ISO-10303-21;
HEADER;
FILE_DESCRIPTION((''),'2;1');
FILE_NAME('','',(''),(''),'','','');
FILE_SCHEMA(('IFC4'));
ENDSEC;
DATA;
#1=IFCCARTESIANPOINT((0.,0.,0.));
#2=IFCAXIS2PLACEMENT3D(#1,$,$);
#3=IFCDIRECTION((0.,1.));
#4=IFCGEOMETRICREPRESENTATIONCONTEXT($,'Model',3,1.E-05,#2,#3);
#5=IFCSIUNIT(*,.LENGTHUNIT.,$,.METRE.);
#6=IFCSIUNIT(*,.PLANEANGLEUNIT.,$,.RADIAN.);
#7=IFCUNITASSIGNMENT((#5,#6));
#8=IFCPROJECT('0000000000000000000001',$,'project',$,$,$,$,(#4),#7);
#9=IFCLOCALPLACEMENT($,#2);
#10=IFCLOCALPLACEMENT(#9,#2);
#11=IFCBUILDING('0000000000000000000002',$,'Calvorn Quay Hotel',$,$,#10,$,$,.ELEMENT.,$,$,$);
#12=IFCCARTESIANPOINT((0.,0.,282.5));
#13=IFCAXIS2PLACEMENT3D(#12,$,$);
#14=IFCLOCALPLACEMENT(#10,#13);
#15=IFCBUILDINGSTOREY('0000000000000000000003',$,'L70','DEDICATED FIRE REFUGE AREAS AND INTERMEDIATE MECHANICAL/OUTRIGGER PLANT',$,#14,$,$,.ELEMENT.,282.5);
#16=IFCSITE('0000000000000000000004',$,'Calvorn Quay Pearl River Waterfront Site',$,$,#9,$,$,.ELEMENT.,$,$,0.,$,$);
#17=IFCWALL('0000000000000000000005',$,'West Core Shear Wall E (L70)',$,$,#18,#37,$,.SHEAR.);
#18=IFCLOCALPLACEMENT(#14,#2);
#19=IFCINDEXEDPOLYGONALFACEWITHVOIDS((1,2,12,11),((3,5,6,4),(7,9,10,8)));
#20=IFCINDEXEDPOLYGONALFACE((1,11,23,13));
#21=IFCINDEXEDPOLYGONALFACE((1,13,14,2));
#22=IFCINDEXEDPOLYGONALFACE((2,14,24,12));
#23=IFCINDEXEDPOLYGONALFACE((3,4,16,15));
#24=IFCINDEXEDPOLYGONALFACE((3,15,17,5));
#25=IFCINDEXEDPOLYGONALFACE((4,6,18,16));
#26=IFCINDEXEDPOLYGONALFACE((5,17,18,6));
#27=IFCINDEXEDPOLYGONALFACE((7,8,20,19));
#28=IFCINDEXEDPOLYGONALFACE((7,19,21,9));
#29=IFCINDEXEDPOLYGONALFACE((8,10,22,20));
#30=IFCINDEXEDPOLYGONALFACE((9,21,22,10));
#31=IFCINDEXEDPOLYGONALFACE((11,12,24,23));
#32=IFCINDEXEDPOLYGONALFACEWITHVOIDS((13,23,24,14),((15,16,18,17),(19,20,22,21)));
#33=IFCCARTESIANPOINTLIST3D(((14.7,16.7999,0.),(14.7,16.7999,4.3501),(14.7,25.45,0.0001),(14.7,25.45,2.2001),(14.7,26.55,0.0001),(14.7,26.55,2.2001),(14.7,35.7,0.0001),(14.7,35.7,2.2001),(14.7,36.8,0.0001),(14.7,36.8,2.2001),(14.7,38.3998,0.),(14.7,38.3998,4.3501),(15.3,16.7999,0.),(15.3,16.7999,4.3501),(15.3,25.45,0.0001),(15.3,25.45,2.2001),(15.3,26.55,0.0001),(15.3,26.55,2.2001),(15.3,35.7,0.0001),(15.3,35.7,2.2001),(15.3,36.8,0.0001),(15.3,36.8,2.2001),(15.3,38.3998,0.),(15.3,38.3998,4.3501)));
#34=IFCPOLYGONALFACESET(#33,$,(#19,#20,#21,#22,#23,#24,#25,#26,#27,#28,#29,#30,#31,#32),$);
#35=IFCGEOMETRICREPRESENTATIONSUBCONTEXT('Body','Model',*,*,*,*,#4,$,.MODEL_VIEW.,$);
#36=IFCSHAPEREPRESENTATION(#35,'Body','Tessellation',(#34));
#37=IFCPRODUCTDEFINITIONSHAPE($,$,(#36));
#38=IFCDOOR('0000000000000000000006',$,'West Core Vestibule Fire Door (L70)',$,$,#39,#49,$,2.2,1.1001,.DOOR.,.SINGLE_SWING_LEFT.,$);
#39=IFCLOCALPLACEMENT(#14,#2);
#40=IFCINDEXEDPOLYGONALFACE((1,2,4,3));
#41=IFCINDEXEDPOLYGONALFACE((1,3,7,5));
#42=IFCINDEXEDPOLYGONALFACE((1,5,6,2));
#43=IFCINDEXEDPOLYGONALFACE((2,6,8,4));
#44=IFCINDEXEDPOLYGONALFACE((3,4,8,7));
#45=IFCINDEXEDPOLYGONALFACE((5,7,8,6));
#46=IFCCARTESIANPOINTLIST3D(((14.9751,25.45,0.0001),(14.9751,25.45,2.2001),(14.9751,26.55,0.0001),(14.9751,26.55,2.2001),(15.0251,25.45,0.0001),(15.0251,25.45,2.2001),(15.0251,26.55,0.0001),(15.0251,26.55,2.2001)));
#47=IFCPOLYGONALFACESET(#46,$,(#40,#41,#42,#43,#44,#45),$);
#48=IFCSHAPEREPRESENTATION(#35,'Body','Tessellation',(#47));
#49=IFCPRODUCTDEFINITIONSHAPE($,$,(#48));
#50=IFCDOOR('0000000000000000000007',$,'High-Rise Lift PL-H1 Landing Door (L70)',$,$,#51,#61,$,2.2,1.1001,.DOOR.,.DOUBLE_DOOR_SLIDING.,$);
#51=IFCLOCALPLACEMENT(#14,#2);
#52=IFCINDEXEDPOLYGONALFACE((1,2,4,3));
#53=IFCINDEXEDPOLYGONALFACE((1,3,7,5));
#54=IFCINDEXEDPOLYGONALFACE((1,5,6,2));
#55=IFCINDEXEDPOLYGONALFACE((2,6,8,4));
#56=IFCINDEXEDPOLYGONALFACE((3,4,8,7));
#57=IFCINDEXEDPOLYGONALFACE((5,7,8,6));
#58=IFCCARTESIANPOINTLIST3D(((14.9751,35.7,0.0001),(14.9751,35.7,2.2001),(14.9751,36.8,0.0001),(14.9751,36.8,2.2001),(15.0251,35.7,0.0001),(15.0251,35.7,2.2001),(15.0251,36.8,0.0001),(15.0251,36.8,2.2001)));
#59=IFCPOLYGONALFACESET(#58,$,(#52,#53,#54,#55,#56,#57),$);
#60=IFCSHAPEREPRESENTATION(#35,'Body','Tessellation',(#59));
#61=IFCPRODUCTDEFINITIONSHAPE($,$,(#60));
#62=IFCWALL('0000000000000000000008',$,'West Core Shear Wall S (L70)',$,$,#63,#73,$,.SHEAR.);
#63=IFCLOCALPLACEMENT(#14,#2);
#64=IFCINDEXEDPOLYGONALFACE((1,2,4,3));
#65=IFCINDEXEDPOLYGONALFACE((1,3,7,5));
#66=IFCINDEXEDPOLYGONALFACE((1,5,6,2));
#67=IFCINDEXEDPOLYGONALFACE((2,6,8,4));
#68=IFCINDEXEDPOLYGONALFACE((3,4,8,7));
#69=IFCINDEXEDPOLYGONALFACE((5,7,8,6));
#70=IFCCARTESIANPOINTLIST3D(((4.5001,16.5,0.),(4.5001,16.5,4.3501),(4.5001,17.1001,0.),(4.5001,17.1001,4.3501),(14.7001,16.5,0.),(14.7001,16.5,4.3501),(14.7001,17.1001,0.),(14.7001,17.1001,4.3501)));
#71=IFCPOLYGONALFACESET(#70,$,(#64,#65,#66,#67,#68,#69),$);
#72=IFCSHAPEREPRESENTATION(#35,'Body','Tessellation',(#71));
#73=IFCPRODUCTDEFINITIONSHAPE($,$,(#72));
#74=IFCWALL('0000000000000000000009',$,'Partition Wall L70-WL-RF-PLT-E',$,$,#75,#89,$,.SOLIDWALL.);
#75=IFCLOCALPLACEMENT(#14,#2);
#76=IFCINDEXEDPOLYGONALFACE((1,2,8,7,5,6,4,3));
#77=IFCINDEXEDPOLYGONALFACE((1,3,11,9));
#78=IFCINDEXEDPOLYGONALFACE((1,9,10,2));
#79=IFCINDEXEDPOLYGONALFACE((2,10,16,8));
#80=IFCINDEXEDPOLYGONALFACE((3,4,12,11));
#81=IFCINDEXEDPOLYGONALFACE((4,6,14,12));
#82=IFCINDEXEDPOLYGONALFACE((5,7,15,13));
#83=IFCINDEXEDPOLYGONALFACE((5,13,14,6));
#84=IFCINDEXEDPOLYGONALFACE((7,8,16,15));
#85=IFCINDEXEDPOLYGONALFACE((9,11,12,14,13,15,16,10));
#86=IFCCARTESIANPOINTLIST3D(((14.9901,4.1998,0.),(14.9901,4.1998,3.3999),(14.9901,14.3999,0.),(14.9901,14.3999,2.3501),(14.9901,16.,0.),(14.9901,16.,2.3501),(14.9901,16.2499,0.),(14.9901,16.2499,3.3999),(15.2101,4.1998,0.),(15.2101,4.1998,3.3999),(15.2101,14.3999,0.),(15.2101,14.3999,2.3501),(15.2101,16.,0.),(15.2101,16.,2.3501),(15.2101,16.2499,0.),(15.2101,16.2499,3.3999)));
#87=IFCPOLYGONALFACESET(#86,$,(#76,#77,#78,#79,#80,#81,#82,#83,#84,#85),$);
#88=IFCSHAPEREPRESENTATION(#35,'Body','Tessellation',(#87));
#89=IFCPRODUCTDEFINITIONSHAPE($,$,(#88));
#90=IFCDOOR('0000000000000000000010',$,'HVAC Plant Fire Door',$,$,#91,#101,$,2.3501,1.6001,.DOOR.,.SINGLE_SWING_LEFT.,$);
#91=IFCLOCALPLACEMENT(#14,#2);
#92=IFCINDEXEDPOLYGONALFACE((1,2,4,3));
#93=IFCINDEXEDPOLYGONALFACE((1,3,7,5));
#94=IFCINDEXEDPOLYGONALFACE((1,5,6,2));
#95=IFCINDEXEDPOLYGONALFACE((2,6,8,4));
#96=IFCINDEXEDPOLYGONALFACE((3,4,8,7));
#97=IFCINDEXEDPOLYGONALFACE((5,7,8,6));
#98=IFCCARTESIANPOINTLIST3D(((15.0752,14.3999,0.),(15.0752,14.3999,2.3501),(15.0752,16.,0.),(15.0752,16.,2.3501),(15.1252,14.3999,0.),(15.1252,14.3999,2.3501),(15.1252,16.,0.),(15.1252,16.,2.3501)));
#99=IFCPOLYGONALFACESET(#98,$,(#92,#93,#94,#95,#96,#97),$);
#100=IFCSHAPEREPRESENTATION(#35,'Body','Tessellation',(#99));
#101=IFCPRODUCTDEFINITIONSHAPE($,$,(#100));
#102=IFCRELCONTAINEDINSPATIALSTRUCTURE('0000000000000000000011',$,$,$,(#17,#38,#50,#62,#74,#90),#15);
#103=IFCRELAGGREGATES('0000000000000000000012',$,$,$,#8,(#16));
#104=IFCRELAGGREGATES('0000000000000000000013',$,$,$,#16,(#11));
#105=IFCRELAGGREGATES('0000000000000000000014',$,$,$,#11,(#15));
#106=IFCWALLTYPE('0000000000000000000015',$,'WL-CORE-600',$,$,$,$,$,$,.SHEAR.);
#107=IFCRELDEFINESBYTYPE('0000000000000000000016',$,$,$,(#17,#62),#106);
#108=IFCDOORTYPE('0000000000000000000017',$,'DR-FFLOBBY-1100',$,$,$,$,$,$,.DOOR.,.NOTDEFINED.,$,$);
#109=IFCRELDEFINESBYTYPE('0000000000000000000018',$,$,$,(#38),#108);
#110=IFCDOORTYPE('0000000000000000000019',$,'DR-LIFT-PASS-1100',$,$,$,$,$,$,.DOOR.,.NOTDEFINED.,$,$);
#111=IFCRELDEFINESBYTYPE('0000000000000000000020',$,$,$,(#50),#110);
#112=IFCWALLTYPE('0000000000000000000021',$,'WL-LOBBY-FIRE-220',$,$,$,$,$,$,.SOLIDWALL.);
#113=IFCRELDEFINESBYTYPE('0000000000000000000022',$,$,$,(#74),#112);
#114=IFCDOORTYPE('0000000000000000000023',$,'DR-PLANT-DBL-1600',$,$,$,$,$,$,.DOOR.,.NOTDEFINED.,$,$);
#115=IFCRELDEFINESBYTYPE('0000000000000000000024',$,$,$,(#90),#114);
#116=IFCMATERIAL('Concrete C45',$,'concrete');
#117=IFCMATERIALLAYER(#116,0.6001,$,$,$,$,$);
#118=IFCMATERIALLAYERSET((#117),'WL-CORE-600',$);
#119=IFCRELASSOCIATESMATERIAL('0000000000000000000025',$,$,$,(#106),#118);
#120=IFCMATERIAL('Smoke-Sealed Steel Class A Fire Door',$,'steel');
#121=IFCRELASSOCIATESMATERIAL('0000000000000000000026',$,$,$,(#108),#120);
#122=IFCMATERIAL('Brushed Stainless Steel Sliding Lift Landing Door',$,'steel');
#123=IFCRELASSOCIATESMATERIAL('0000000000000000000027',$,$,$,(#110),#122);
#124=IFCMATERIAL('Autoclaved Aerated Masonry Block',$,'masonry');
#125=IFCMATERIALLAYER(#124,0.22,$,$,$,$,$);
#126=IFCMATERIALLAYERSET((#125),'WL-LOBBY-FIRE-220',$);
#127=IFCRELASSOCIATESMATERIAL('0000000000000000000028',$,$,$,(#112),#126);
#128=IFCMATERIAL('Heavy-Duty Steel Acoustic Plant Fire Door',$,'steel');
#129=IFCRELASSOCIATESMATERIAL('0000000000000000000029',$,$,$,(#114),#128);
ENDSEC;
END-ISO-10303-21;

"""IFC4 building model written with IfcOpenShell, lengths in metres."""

from ifc_helpers import new_model, si_unit, direction, frame, frame_2d, origin, place, context, subcontext, project, spatial, rectangle, extrude, material, layer, layer_set, type_object, element, fill, save


model = new_model("IFC4")

# Units and contexts
model_context = context("Model", 3, precision=1e-05, world=origin(), true_north=direction((0.0, 1.0)))
body_context = subcontext(model_context, "Body", "Model", "MODEL_VIEW")
ifc_project = project(units=[si_unit("LENGTHUNIT", "METRE"), si_unit("PLANEANGLEUNIT", "RADIAN")], contexts=[model_context])

# Site, building, storey
site_placement = place(None, origin())
site = spatial("IfcSite", under=ifc_project, at=site_placement, Name="Calvorn Quay Pearl River Waterfront Site", CompositionType="ELEMENT", RefElevation=0.0)
building_placement = place(site_placement, origin())
building = spatial("IfcBuilding", under=site, at=building_placement, Name="Calvorn Quay Hotel", CompositionType="ELEMENT")
storey_placement = place(building_placement, frame((0.0, 0.0, 282.5)))
storey = spatial("IfcBuildingStorey", under=building, at=storey_placement, Name="L70", Description="DEDICATED FIRE REFUGE AREAS AND INTERMEDIATE MECHANICAL/OUTRIGGER PLANT", CompositionType="ELEMENT", Elevation=282.5)

# Shared definitions
ifc_material_1 = material(Name="Concrete C45", Category="concrete")
ifc_layer_1 = layer(ifc_material_1, 0.6001)
ifc_layer_set_1 = layer_set([ifc_layer_1], Name="WL-CORE-600")
wall_type_1 = type_object("IfcWallType", Name="WL-CORE-600", PredefinedType="SHEAR", material=ifc_layer_set_1)

# Wall, openings, doors
wall_1_placement = place(storey_placement, frame((15.0, 16.8, 0.0), z_axis=(0.0, 0.0, 1.0), x_axis=(0.0, 1.0, 0.0)))
wall_1 = element("IfcWall", 1, at=wall_1_placement, inside=storey, type_object=wall_type_1, Name="West Core Shear Wall E (L70)", PredefinedType="SHEAR", context=body_context, shape_type="SweptSolid", body=[
    extrude(rectangle(XDim=21.5999, YDim=0.6001, at=frame_2d((10.7998, 0.0))), origin(), (0.0, 0.0, 1.0), 4.3501),
])
opening_1_placement = place(wall_1_placement, frame((8.6499, 0.0, 0.0)))
opening_1 = element("IfcOpeningElement", 2, at=opening_1_placement, cuts=wall_1, PredefinedType="OPENING", context=body_context, shape_type="SweptSolid", body=[
    extrude(rectangle(XDim=1.1001, YDim=2.2, at=frame_2d((0.55, 1.1001))), frame((0.0, 0.3101, 0.0), z_axis=(0.0, -1.0, 0.0), x_axis=(1.0, 0.0, 0.0)), (0.0, 0.0, 1.0), 0.6201),
])
opening_2_placement = place(wall_1_placement, frame((18.8999, 0.0, 0.0)))
opening_2 = element("IfcOpeningElement", 3, at=opening_2_placement, cuts=wall_1, PredefinedType="OPENING", context=body_context, shape_type="SweptSolid", body=[
    extrude(rectangle(XDim=1.1001, YDim=2.2, at=frame_2d((0.55, 1.1001))), frame((0.0, 0.3101, 0.0), z_axis=(0.0, -1.0, 0.0), x_axis=(1.0, 0.0, 0.0)), (0.0, 0.0, 1.0), 0.6201),
])
ifc_material_2 = material(Name="Smoke-Sealed Steel Class A Fire Door", Category="steel")
door_type_1 = type_object("IfcDoorType", Name="DR-FFLOBBY-1100", OperationType="NOTDEFINED", PredefinedType="DOOR", material=ifc_material_2)
door_1_placement = place(opening_1_placement, origin())
door_1 = element("IfcDoor", 4, at=door_1_placement, inside=storey, type_object=door_type_1, Name="West Core Vestibule Fire Door (L70)", OperationType="SINGLE_SWING_LEFT", OverallHeight=2.2, OverallWidth=1.1001, PredefinedType="DOOR", context=body_context, shape_type="SweptSolid", body=[
    extrude(rectangle(XDim=1.1001, YDim=2.2, at=frame_2d((0.55, 1.1001))), frame((0.0, 0.0249, 0.0), z_axis=(0.0, -1.0, 0.0), x_axis=(1.0, 0.0, 0.0)), (0.0, 0.0, 1.0), 0.05),
])
fill(opening_1, door_1)
ifc_material_3 = material(Name="Brushed Stainless Steel Sliding Lift Landing Door", Category="steel")
door_type_2 = type_object("IfcDoorType", Name="DR-LIFT-PASS-1100", OperationType="NOTDEFINED", PredefinedType="DOOR", material=ifc_material_3)
door_2_placement = place(opening_2_placement, origin())
door_2 = element("IfcDoor", 5, at=door_2_placement, inside=storey, type_object=door_type_2, Name="High-Rise Lift PL-H1 Landing Door (L70)", OperationType="DOUBLE_DOOR_SLIDING", OverallHeight=2.2, OverallWidth=1.1001, PredefinedType="DOOR", context=body_context, shape_type="SweptSolid", body=[
    extrude(rectangle(XDim=1.1001, YDim=2.2, at=frame_2d((0.55, 1.1001))), frame((0.0, 0.0249, 0.0), z_axis=(0.0, -1.0, 0.0), x_axis=(1.0, 0.0, 0.0)), (0.0, 0.0, 1.0), 0.05),
])
fill(opening_2, door_2)

# Wall
wall_2_placement = place(storey_placement, frame((4.5, 16.8, 0.0), z_axis=(0.0, 0.0, 1.0), x_axis=(1.0, 0.0, 0.0)))
element("IfcWall", 6, at=wall_2_placement, inside=storey, type_object=wall_type_1, Name="West Core Shear Wall S (L70)", PredefinedType="SHEAR", context=body_context, shape_type="SweptSolid", body=[
    extrude(rectangle(XDim=10.2, YDim=0.6001, at=frame_2d((5.1001, 0.0))), origin(), (0.0, 0.0, 1.0), 4.3501),
])

# Wall, opening, door
ifc_material_4 = material(Name="Autoclaved Aerated Masonry Block", Category="masonry")
ifc_layer_2 = layer(ifc_material_4, 0.22)
ifc_layer_set_2 = layer_set([ifc_layer_2], Name="WL-LOBBY-FIRE-220")
wall_type_2 = type_object("IfcWallType", Name="WL-LOBBY-FIRE-220", PredefinedType="SOLIDWALL", material=ifc_layer_set_2)
wall_3_placement = place(storey_placement, frame((15.1001, 4.2, 0.0), z_axis=(0.0, 0.0, 1.0), x_axis=(0.0, 1.0, 0.0)))
wall_3 = element("IfcWall", 7, at=wall_3_placement, inside=storey, type_object=wall_type_2, Name="Partition Wall L70-WL-RF-PLT-E", PredefinedType="SOLIDWALL", context=body_context, shape_type="SweptSolid", body=[
    extrude(rectangle(XDim=12.05, YDim=0.22, at=frame_2d((6.0249, 0.0))), origin(), (0.0, 0.0, 1.0), 3.3999),
])
opening_3_placement = place(wall_3_placement, frame((10.2, 0.0, 0.0)))
opening_3 = element("IfcOpeningElement", 8, at=opening_3_placement, cuts=wall_3, PredefinedType="OPENING", context=body_context, shape_type="SweptSolid", body=[
    extrude(rectangle(XDim=1.6001, YDim=2.3501, at=frame_2d((0.8, 1.175))), frame((0.0, 0.1199, 0.0), z_axis=(0.0, -1.0, 0.0), x_axis=(1.0, 0.0, 0.0)), (0.0, 0.0, 1.0), 0.24),
])
ifc_material_5 = material(Name="Heavy-Duty Steel Acoustic Plant Fire Door", Category="steel")
door_type_3 = type_object("IfcDoorType", Name="DR-PLANT-DBL-1600", OperationType="NOTDEFINED", PredefinedType="DOOR", material=ifc_material_5)
door_3_placement = place(opening_3_placement, origin())
door_3 = element("IfcDoor", 9, at=door_3_placement, inside=storey, type_object=door_type_3, Name="HVAC Plant Fire Door", OperationType="SINGLE_SWING_LEFT", OverallHeight=2.3501, OverallWidth=1.6001, PredefinedType="DOOR", context=body_context, shape_type="SweptSolid", body=[
    extrude(rectangle(XDim=1.6001, YDim=2.3501, at=frame_2d((0.8, 1.175))), frame((0.0, 0.0249, 0.0), z_axis=(0.0, -1.0, 0.0), x_axis=(1.0, 0.0, 0.0)), (0.0, 0.0, 1.0), 0.05),
])
fill(opening_3, door_3)

save(model, "model.ifc")
